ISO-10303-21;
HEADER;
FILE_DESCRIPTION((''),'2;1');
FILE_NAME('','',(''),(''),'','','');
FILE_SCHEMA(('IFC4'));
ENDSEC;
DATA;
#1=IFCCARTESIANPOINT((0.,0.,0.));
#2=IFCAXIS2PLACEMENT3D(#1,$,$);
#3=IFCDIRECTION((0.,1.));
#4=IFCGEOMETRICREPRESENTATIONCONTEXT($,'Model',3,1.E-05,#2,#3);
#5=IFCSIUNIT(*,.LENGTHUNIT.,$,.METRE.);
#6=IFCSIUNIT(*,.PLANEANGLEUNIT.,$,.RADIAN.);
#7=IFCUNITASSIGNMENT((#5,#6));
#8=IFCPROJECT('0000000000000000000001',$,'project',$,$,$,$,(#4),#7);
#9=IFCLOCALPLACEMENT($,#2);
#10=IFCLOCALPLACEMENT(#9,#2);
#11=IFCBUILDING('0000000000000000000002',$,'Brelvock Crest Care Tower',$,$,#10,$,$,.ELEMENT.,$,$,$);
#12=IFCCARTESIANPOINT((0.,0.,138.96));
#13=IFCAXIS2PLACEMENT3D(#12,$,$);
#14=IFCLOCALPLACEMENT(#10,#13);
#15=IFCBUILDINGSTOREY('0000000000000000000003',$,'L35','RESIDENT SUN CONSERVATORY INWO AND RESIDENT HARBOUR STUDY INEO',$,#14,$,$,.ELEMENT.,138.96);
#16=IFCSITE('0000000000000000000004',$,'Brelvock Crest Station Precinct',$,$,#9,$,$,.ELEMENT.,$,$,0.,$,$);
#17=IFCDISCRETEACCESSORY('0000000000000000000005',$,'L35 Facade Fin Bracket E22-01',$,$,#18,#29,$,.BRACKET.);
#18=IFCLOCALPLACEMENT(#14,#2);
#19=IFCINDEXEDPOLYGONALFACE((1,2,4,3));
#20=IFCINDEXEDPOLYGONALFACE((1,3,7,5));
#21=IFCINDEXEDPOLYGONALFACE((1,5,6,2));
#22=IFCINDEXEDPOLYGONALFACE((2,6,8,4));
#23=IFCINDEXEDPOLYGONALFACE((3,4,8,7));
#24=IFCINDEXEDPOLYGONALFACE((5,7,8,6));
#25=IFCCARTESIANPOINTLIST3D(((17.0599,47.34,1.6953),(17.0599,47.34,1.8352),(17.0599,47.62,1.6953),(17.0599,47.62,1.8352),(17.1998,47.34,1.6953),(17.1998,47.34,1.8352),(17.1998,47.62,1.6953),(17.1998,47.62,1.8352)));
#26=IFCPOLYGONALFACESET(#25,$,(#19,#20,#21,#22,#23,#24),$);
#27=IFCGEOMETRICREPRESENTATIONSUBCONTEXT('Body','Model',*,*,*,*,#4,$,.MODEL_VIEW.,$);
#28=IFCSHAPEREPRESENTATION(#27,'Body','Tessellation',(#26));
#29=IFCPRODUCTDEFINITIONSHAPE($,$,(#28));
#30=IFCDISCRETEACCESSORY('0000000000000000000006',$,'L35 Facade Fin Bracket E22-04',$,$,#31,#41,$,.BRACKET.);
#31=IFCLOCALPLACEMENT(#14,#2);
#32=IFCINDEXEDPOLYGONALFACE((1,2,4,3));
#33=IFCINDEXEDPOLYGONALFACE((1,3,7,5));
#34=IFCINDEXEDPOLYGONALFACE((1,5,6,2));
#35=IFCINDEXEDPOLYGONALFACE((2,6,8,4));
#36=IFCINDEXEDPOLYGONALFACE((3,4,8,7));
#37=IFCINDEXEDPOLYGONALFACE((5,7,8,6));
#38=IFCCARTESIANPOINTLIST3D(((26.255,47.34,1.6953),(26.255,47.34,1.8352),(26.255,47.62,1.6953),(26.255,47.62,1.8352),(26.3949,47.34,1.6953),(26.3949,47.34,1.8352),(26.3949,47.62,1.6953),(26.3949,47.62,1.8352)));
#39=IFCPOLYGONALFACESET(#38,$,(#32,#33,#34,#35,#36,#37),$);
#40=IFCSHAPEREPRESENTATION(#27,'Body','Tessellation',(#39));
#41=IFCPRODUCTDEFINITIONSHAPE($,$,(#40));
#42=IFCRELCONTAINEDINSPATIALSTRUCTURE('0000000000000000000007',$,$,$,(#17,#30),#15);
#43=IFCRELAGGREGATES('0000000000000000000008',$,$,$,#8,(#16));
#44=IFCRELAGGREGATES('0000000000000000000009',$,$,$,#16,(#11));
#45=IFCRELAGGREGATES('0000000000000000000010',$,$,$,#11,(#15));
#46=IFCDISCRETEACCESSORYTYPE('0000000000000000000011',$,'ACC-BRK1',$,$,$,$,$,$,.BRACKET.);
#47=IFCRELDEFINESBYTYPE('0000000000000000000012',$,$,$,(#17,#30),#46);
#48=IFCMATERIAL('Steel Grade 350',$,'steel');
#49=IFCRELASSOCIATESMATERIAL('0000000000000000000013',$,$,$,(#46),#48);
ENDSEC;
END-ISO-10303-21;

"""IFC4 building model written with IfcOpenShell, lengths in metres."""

from ifc_helpers import new_model, si_unit, direction, frame, origin, origin_2d, place, context, subcontext, project, spatial, rectangle, extrude, source, transform, mapped, material, type_object, element, save


model = new_model("IFC4")

# Units and contexts
model_context = context("Model", 3, precision=1e-05, world=origin(), true_north=direction((0.0, 1.0)))
body_context = subcontext(model_context, "Body", "Model", "MODEL_VIEW")
ifc_project = project(units=[si_unit("LENGTHUNIT", "METRE"), si_unit("PLANEANGLEUNIT", "RADIAN")], contexts=[model_context])

# Site, building, storey
site_placement = place(None, origin())
site = spatial("IfcSite", under=ifc_project, at=site_placement, Name="Brelvock Crest Station Precinct", CompositionType="ELEMENT", RefElevation=0.0)
building_placement = place(site_placement, origin())
building = spatial("IfcBuilding", under=site, at=building_placement, Name="Brelvock Crest Care Tower", CompositionType="ELEMENT")
storey_placement = place(building_placement, frame((0.0, 0.0, 138.96)))
storey = spatial("IfcBuildingStorey", under=building, at=storey_placement, Name="L35", Description="RESIDENT SUN CONSERVATORY INWO AND RESIDENT HARBOUR STUDY INEO", CompositionType="ELEMENT", Elevation=138.96)

# Discrete accessories
ifc_material_1 = material(Name="Steel Grade 350", Category="steel")
discrete_accessory_type = type_object("IfcDiscreteAccessoryType", Name="ACC-BRK1", PredefinedType="BRACKET", material=ifc_material_1)
shared_shape_1 = source(origin(), body_context, "Body", "SweptSolid", [
    extrude(rectangle(XDim=0.28, YDim=0.1399, at=origin_2d()), origin(), (0.0, 0.0, 1.0), 0.1399),
])
for number, where, z_axis, x_axis, name in (
    (1, (17.1299, 47.48, 1.6953), (0.0, 0.0, 1.0), (0.0, 1.0, 0.0), "L35 Facade Fin Bracket E22-01"),
    (2, (26.325, 47.48, 1.6953), (0.0, 0.0, 1.0), (0.0, 1.0, 0.0), "L35 Facade Fin Bracket E22-04"),
):
    element("IfcDiscreteAccessory", number, at=place(storey_placement, frame(where, z_axis=z_axis, x_axis=x_axis)), inside=storey, type_object=discrete_accessory_type, Name=name, PredefinedType="BRACKET", context=body_context, shape_type="MappedRepresentation", body=[
        mapped(shared_shape_1, transform((0.0, 0.0, 0.0), x_axis=(1.0, 0.0, 0.0), y_axis=(0.0, 1.0, 0.0), z_axis=(0.0, 0.0, 1.0), scale=1.0)),
    ])

save(model, "model.ifc")
